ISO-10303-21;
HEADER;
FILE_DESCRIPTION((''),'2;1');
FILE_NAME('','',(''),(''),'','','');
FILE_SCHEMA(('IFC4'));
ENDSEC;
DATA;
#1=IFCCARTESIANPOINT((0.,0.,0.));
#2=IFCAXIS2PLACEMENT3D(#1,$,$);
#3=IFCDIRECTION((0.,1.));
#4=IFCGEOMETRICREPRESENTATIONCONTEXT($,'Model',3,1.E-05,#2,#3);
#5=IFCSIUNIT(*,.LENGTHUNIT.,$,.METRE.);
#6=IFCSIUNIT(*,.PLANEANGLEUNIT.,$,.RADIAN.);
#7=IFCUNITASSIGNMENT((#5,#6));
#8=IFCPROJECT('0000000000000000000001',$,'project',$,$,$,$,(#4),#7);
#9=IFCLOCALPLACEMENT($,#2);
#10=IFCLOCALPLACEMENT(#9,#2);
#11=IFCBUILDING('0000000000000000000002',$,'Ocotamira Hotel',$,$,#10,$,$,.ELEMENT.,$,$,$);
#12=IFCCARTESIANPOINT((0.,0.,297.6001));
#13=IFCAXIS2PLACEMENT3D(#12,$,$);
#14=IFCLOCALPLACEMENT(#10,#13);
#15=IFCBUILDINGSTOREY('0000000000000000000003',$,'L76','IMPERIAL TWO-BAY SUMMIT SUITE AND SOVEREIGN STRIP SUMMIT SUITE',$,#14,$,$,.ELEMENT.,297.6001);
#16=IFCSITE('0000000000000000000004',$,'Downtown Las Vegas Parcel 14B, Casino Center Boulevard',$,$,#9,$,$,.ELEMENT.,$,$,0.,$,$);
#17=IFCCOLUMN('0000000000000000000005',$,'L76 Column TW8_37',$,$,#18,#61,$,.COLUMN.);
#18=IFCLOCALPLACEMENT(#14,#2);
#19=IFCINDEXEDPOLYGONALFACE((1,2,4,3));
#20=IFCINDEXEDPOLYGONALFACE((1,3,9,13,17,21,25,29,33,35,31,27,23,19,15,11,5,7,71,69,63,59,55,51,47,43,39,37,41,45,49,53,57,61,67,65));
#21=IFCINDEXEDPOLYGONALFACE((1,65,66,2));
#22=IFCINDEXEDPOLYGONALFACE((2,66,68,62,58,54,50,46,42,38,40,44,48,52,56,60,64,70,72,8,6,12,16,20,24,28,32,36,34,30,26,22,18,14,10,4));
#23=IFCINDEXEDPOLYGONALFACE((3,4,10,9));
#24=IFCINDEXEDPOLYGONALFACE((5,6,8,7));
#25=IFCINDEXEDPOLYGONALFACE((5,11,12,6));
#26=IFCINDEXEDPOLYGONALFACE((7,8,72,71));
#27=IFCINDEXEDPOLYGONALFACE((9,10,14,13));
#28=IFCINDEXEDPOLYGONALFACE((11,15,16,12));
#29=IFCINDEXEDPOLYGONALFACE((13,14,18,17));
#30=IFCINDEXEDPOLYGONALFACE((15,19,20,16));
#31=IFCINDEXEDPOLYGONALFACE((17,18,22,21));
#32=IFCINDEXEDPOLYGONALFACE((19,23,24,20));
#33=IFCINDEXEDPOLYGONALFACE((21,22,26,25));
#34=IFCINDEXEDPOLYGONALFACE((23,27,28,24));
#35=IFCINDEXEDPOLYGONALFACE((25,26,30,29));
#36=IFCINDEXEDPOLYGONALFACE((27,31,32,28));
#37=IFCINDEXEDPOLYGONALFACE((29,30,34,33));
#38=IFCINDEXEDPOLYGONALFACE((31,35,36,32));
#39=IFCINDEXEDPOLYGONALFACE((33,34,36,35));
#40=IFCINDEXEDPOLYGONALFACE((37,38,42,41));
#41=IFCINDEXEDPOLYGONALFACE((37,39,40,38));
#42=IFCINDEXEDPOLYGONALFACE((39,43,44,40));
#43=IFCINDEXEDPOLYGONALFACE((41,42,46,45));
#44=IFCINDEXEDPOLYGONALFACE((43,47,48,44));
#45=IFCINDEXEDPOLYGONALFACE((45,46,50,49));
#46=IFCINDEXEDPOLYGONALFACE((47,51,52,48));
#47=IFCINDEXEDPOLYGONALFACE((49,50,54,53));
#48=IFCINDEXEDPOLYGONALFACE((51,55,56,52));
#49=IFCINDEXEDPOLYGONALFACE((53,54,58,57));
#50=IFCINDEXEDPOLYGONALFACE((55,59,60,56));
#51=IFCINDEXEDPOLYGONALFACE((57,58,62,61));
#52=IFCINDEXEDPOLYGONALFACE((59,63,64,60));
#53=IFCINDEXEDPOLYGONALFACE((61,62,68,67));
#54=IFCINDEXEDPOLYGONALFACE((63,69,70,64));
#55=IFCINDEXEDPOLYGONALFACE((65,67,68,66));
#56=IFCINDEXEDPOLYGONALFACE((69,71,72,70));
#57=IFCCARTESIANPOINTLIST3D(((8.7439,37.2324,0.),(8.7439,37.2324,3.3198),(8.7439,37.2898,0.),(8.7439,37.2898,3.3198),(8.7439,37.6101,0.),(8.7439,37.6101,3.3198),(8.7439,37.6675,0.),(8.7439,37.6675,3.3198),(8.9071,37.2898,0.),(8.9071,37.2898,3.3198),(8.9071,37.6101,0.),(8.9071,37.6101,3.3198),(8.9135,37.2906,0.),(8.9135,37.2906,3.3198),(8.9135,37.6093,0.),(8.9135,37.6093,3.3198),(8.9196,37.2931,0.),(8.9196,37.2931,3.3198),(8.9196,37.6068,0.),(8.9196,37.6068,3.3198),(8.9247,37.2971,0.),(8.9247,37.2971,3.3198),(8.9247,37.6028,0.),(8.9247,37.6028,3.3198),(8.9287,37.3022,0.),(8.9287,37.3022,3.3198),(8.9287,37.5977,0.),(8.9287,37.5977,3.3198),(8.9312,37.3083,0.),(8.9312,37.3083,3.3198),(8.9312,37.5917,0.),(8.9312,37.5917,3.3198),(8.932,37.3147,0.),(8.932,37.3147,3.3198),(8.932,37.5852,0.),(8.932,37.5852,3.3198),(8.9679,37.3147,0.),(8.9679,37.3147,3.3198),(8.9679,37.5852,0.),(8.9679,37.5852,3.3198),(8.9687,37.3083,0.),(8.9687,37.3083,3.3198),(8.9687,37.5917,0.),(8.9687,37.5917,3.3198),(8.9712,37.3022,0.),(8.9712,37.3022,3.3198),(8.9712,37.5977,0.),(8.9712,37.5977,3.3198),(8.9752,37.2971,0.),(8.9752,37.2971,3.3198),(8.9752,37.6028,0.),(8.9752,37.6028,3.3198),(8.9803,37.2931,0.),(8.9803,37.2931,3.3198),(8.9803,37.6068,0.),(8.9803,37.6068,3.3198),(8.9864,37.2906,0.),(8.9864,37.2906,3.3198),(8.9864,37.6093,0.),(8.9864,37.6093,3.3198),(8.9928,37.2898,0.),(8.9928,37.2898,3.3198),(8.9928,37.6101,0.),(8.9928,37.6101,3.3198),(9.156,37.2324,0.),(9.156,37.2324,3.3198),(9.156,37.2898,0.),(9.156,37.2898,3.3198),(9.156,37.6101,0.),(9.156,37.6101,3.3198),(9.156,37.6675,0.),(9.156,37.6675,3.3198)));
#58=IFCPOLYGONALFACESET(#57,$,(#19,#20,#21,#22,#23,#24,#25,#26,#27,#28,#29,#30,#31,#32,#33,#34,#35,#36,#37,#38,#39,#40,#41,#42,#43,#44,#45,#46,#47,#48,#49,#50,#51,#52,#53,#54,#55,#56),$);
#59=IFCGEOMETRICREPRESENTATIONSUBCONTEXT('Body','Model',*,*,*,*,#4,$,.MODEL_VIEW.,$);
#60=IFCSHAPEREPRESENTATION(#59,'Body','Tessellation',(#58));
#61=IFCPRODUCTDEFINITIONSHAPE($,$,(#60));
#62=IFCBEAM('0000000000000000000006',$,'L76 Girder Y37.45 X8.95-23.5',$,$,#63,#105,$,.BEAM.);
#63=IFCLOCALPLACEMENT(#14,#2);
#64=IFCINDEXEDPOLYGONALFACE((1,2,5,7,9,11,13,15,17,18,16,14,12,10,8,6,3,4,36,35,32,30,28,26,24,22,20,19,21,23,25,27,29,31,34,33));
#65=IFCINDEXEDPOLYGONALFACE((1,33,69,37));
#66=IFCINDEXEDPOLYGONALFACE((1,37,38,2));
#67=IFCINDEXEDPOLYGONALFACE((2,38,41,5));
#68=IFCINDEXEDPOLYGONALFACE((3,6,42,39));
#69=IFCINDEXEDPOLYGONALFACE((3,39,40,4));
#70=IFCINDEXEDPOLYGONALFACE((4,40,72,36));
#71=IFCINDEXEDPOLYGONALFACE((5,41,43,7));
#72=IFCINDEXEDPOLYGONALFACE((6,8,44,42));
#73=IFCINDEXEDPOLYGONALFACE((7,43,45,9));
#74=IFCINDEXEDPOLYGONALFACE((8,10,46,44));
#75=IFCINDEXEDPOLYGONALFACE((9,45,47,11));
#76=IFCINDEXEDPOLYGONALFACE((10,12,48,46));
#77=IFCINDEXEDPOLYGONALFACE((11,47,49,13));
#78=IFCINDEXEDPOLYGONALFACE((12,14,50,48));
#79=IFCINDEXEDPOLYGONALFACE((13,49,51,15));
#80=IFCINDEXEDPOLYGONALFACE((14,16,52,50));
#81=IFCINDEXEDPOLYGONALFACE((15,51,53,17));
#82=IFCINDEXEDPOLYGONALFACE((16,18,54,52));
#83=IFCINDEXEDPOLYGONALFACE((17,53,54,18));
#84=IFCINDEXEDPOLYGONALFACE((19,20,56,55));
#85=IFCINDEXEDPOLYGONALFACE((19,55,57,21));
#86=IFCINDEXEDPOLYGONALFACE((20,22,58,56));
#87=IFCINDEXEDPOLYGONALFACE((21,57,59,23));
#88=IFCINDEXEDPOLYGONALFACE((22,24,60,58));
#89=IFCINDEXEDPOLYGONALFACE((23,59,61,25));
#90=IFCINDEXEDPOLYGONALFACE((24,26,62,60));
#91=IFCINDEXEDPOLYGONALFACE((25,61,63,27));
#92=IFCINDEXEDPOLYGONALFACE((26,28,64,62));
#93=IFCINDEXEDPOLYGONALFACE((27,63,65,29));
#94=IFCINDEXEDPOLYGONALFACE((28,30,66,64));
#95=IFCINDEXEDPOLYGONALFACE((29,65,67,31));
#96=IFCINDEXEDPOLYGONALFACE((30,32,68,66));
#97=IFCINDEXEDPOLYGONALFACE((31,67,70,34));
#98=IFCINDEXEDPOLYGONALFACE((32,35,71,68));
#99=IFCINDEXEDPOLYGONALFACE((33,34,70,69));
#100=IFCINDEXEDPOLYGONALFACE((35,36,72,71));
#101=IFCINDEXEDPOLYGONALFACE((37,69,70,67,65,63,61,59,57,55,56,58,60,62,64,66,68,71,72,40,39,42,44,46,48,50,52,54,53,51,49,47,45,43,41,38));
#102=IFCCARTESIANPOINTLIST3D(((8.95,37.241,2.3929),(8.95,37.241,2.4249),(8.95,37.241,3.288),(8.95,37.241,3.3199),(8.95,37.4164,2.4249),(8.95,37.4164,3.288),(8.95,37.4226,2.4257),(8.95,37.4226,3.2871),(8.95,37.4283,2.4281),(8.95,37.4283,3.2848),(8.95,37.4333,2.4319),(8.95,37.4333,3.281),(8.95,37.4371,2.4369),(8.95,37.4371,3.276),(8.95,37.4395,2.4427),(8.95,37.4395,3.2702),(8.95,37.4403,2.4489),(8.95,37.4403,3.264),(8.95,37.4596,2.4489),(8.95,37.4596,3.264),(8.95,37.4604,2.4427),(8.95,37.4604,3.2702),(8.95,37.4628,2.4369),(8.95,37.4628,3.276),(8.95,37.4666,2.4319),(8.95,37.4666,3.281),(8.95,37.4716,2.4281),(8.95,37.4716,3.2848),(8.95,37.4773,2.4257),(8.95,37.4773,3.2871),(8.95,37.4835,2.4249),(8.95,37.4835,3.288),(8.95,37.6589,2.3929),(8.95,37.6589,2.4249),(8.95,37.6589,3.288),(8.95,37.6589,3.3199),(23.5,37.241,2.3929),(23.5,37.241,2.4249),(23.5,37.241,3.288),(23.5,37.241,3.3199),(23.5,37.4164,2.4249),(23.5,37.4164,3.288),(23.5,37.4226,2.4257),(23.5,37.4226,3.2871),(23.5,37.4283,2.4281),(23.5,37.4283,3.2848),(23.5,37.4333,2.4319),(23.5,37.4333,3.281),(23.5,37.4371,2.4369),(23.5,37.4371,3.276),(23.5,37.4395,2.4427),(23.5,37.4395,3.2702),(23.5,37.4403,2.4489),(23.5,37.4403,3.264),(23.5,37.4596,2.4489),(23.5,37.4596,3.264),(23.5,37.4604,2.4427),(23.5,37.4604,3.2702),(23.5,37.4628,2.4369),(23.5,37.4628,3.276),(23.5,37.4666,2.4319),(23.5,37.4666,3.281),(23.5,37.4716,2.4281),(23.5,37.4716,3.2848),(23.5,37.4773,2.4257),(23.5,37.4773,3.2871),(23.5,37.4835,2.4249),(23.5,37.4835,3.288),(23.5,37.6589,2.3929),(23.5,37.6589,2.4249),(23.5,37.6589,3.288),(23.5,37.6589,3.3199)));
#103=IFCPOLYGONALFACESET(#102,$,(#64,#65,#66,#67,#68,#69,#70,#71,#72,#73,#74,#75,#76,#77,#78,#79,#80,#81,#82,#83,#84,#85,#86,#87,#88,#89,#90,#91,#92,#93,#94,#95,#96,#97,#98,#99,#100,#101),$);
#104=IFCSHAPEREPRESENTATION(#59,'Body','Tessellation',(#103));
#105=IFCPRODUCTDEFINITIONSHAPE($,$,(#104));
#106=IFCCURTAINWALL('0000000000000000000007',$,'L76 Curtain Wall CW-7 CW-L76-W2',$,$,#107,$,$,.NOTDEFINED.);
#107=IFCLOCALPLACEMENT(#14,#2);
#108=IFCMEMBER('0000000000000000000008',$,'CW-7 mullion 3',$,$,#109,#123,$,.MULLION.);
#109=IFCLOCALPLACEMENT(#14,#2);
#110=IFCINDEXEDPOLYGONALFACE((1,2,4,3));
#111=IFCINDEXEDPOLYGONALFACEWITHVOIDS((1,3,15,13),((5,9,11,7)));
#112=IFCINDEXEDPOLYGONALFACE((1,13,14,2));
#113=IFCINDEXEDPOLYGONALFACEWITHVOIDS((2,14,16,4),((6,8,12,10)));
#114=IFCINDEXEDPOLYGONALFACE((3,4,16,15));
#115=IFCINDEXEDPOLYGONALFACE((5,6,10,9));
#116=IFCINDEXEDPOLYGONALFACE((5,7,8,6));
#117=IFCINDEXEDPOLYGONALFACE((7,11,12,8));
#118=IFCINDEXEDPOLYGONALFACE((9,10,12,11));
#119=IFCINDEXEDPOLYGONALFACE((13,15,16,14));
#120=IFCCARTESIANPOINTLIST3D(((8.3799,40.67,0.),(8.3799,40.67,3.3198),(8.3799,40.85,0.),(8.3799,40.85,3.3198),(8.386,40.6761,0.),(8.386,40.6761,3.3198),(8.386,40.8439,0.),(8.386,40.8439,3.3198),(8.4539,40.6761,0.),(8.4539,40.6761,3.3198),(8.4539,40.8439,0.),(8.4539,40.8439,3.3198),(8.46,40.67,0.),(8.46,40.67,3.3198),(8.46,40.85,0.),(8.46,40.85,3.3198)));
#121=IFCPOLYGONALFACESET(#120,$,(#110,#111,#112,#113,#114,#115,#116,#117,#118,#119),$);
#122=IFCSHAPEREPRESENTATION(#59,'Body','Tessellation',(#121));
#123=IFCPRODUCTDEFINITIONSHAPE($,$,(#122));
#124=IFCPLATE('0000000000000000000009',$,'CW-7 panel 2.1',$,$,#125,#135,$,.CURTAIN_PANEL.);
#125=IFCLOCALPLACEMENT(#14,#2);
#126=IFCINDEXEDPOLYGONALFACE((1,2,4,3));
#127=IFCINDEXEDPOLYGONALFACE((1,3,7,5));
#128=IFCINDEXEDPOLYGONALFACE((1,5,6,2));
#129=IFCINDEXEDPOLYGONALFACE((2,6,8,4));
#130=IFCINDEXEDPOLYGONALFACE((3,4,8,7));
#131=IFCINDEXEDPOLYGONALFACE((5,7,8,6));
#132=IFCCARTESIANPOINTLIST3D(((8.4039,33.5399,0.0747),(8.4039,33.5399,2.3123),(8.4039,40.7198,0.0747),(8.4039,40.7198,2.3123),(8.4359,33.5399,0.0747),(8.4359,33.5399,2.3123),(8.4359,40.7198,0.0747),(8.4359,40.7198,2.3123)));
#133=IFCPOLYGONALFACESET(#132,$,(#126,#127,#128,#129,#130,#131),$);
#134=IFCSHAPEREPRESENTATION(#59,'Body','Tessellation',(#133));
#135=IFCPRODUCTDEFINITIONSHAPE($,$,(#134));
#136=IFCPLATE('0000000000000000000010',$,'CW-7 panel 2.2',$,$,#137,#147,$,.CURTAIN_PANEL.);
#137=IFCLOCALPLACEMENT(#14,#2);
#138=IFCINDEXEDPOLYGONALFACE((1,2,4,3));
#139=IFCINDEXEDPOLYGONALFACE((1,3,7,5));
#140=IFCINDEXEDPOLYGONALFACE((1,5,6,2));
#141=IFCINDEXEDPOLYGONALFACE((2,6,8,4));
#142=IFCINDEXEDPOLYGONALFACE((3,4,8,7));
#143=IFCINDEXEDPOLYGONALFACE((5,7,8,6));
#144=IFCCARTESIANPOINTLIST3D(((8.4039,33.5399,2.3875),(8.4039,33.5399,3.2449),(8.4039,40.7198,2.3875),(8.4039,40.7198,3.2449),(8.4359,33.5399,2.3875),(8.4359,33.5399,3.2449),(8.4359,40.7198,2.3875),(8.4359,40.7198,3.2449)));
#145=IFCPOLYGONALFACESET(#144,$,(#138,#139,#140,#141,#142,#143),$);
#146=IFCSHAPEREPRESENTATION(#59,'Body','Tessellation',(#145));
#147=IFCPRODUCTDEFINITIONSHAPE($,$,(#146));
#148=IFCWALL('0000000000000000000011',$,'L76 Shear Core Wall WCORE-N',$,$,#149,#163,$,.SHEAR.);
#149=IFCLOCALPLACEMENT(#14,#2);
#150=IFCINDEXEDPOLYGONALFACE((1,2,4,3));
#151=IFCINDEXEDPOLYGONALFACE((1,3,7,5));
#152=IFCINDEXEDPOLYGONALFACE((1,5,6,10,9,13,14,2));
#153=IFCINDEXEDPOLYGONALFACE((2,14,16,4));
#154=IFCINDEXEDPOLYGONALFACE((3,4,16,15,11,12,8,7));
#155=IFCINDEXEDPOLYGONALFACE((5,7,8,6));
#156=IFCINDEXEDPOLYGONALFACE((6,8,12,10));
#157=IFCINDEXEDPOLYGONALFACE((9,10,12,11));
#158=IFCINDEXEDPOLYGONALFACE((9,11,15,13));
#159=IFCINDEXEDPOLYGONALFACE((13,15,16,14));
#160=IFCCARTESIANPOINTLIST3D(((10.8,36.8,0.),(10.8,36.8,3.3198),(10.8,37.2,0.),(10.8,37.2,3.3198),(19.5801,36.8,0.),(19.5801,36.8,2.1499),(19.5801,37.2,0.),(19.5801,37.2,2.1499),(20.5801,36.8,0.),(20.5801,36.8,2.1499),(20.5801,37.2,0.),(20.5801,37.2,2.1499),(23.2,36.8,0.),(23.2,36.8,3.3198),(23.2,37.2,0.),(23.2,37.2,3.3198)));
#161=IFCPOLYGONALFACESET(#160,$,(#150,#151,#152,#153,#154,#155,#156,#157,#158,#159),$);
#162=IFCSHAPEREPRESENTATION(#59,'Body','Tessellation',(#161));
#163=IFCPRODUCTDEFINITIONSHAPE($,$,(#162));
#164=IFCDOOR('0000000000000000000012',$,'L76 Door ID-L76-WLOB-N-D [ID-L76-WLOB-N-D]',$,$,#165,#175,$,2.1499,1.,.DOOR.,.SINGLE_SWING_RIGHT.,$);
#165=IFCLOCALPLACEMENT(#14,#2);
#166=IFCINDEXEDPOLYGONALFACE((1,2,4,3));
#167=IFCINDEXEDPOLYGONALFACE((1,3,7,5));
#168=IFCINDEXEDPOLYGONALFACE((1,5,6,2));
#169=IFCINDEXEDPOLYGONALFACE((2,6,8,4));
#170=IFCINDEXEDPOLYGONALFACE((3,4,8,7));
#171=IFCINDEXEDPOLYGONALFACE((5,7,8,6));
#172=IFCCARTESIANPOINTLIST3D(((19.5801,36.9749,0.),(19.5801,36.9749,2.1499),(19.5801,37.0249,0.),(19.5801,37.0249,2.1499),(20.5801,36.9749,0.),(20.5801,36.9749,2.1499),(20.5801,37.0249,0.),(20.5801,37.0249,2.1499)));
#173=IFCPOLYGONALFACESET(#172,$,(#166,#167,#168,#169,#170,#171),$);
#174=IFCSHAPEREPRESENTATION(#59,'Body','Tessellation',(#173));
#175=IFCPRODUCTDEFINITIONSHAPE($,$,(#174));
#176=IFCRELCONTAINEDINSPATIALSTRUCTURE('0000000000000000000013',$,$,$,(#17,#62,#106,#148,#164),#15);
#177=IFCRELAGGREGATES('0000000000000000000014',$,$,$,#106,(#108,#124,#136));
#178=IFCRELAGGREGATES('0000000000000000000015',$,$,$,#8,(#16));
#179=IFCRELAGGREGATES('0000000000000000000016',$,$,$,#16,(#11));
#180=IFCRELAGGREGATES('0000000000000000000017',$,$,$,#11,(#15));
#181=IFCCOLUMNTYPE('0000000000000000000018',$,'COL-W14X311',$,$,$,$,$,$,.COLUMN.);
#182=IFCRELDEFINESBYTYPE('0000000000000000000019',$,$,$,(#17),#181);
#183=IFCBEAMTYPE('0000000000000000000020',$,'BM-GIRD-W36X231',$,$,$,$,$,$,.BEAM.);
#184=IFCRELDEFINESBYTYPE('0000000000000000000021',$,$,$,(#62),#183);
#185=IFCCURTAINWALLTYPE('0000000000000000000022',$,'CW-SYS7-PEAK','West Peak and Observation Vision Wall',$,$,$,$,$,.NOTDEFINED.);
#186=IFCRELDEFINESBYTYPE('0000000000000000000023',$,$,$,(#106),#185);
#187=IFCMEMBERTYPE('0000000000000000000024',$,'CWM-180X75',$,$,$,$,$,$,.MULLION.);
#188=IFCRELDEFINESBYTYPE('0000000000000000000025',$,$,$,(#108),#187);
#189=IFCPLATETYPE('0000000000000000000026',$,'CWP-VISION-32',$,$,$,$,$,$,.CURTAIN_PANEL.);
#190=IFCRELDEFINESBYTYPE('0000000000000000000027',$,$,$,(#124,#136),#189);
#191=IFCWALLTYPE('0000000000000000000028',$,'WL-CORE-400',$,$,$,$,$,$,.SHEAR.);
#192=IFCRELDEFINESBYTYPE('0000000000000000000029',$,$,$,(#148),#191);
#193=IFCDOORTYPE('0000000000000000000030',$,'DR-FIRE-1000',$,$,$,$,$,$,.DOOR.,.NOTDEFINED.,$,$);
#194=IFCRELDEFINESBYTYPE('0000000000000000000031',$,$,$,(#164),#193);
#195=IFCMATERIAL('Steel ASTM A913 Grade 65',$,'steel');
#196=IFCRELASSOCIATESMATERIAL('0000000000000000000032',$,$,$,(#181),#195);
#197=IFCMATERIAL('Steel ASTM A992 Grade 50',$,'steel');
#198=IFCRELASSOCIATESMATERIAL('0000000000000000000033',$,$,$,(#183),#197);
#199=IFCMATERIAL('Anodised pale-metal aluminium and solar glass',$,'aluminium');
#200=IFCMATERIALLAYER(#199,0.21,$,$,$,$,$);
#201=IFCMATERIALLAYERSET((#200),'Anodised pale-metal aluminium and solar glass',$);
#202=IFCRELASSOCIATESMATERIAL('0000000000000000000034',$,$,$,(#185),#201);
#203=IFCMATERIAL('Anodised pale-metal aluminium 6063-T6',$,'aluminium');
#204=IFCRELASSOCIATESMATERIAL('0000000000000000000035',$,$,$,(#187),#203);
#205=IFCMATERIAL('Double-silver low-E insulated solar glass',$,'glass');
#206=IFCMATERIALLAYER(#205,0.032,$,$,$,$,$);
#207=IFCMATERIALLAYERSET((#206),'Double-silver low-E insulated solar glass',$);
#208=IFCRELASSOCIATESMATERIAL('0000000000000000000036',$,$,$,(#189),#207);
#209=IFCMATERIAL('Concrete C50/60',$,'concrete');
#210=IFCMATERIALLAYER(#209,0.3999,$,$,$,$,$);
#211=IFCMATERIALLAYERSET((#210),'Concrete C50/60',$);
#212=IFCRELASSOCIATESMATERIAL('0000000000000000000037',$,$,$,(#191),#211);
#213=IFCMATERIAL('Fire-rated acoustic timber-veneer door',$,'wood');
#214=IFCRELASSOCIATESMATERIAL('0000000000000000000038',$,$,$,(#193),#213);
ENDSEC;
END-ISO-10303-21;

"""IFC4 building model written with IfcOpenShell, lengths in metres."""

from ifc_helpers import new_model, si_unit, direction, frame, frame_2d, origin, origin_2d, place, context, subcontext, project, spatial, rectangle, hollow_rectangle, i_section, extrude, source, transform, mapped, material, layer, layer_set, material_profile, profile_set, type_object, element, fill, aggregate, save


model = new_model("IFC4")

# Units and contexts
model_context = context("Model", 3, precision=1e-05, world=origin(), true_north=direction((0.0, 1.0)))
body_context = subcontext(model_context, "Body", "Model", "MODEL_VIEW")
ifc_project = project(units=[si_unit("LENGTHUNIT", "METRE"), si_unit("PLANEANGLEUNIT", "RADIAN")], contexts=[model_context])

# Site, building, storey
site_placement = place(None, origin())
site = spatial("IfcSite", under=ifc_project, at=site_placement, Name="Downtown Las Vegas Parcel 14B, Casino Center Boulevard", CompositionType="ELEMENT", RefElevation=0.0)
building_placement = place(site_placement, origin())
building = spatial("IfcBuilding", under=site, at=building_placement, Name="Ocotamira Hotel", CompositionType="ELEMENT")
storey_placement = place(building_placement, frame((0.0, 0.0, 297.6001)))
storey = spatial("IfcBuildingStorey", under=building, at=storey_placement, Name="L76", Description="IMPERIAL TWO-BAY SUMMIT SUITE AND SOVEREIGN STRIP SUMMIT SUITE", CompositionType="ELEMENT", Elevation=297.6001)

# Column
ifc_material_1 = material(Name="Steel ASTM A913 Grade 65", Category="steel")
ifc_material_profile_1 = material_profile(ifc_material_1, i_section(OverallWidth=0.4121, OverallDepth=0.4351, WebThickness=0.0359, FlangeThickness=0.0574, FilletRadius=0.0249, at=origin_2d()), Name="W14X311")
ifc_profile_set_1 = profile_set([ifc_material_profile_1], Name="Steel ASTM A913 Grade 65")
column_type = type_object("IfcColumnType", Name="COL-W14X311", PredefinedType="COLUMN", material=ifc_profile_set_1)
shared_shape_1 = source(origin(), body_context, "Body", "SweptSolid", [
    extrude(i_section(OverallWidth=0.4121, OverallDepth=0.4351, WebThickness=0.0359, FlangeThickness=0.0574, FilletRadius=0.0249, at=origin_2d()), origin(), (0.0, 0.0, 1.0), 3.3198),
])
column_placement = place(storey_placement, frame((8.95, 37.45, 0.0), z_axis=(0.0, 0.0, 1.0), x_axis=(1.0, 0.0, 0.0)))
element("IfcColumn", 1, at=column_placement, inside=storey, type_object=column_type, Name="L76 Column TW8_37", PredefinedType="COLUMN", context=body_context, shape_type="MappedRepresentation", body=[
    mapped(shared_shape_1, transform((0.0, 0.0, 0.0), scale=1.0)),
])

# Beam
ifc_material_2 = material(Name="Steel ASTM A992 Grade 50", Category="steel")
ifc_material_profile_2 = material_profile(ifc_material_2, i_section(OverallWidth=0.418, OverallDepth=0.927, WebThickness=0.0193, FlangeThickness=0.032, FilletRadius=0.0239, at=origin_2d()), Name="W36X231")
ifc_profile_set_2 = profile_set([ifc_material_profile_2], Name="Steel ASTM A992 Grade 50")
beam_type = type_object("IfcBeamType", Name="BM-GIRD-W36X231", PredefinedType="BEAM", material=ifc_profile_set_2)
shared_shape_2 = source(origin(), body_context, "Body", "SweptSolid", [
    extrude(i_section(OverallWidth=0.418, OverallDepth=0.927, WebThickness=0.0193, FlangeThickness=0.032, FilletRadius=0.0239, at=origin_2d()), origin(), (0.0, 0.0, 1.0), 14.55),
])
beam_placement = place(storey_placement, frame((8.95, 37.45, 2.8564), z_axis=(1.0, 0.0, 0.0), x_axis=(0.0, 1.0, 0.0)))
element("IfcBeam", 2, at=beam_placement, inside=storey, type_object=beam_type, Name="L76 Girder Y37.45 X8.95-23.5", PredefinedType="BEAM", context=body_context, shape_type="MappedRepresentation", body=[
    mapped(shared_shape_2, transform((0.0, 0.0, 0.0), scale=1.0)),
])

# Curtain wall, member, plates
ifc_material_3 = material(Name="Anodised pale-metal aluminium and solar glass", Category="aluminium")
ifc_layer_1 = layer(ifc_material_3, 0.21)
ifc_layer_set_1 = layer_set([ifc_layer_1], Name="Anodised pale-metal aluminium and solar glass")
curtain_wall_type = type_object("IfcCurtainWallType", Name="CW-SYS7-PEAK", Description="West Peak and Observation Vision Wall", PredefinedType="NOTDEFINED", material=ifc_layer_set_1)
curtain_wall_placement = place(storey_placement, origin())
curtain_wall = element("IfcCurtainWall", 3, at=curtain_wall_placement, inside=storey, type_object=curtain_wall_type, Name="L76 Curtain Wall CW-7 CW-L76-W2", PredefinedType="NOTDEFINED")
ifc_material_4 = material(Name="Anodised pale-metal aluminium 6063-T6", Category="aluminium")
ifc_material_profile_3 = material_profile(ifc_material_4, hollow_rectangle(XDim=0.0801, YDim=0.1799, WallThickness=0.0061, at=origin_2d()), Name="HSS180X80X6")
ifc_profile_set_3 = profile_set([ifc_material_profile_3], Name="Anodised pale-metal aluminium 6063-T6")
member_type = type_object("IfcMemberType", Name="CWM-180X75", PredefinedType="MULLION", material=ifc_profile_set_3)
shared_shape_3 = source(origin(), body_context, "Body", "SweptSolid", [
    extrude(hollow_rectangle(XDim=0.0801, YDim=0.1799, WallThickness=0.0061, at=origin_2d()), origin(), (0.0, 0.0, 1.0), 3.3198),
])
member_placement = place(storey_placement, frame((8.4199, 40.76, 0.0), z_axis=(0.0, 0.0, 1.0), x_axis=(-1.0, 0.0, 0.0)))
member = element("IfcMember", 4, at=member_placement, type_object=member_type, Name="CW-7 mullion 3", PredefinedType="MULLION", context=body_context, shape_type="MappedRepresentation", body=[
    mapped(shared_shape_3, transform((0.0, 0.0, 0.0), scale=1.0)),
])
ifc_material_5 = material(Name="Double-silver low-E insulated solar glass", Category="glass")
ifc_layer_2 = layer(ifc_material_5, 0.032)
ifc_layer_set_2 = layer_set([ifc_layer_2], Name="Double-silver low-E insulated solar glass")
plate_type = type_object("IfcPlateType", Name="CWP-VISION-32", PredefinedType="CURTAIN_PANEL", material=ifc_layer_set_2)
shared_shape_4 = source(origin(), body_context, "Body", "SweptSolid", [
    extrude(rectangle(XDim=7.1799, YDim=0.032, at=origin_2d()), origin(), (0.0, 0.0, 1.0), 2.2375),
])
plate_1_placement = place(storey_placement, frame((8.4199, 37.1299, 0.0747), z_axis=(0.0, 0.0, 1.0), x_axis=(0.0, 1.0, 0.0)))
plate_1 = element("IfcPlate", 5, at=plate_1_placement, type_object=plate_type, Name="CW-7 panel 2.1", PredefinedType="CURTAIN_PANEL", context=body_context, shape_type="MappedRepresentation", body=[
    mapped(shared_shape_4, transform((0.0, 0.0, 0.0), scale=1.0)),
])
shared_shape_5 = source(origin(), body_context, "Body", "SweptSolid", [
    extrude(rectangle(XDim=7.1799, YDim=0.032, at=origin_2d()), origin(), (0.0, 0.0, 1.0), 0.8574),
])
plate_2_placement = place(storey_placement, frame((8.4199, 37.1299, 2.3875), z_axis=(0.0, 0.0, 1.0), x_axis=(0.0, 1.0, 0.0)))
plate_2 = element("IfcPlate", 6, at=plate_2_placement, type_object=plate_type, Name="CW-7 panel 2.2", PredefinedType="CURTAIN_PANEL", context=body_context, shape_type="MappedRepresentation", body=[
    mapped(shared_shape_5, transform((0.0, 0.0, 0.0), scale=1.0)),
])
aggregate(curtain_wall, [member, plate_1, plate_2])

# Wall, opening, door
ifc_material_6 = material(Name="Concrete C50/60", Category="concrete")
ifc_layer_3 = layer(ifc_material_6, 0.3999)
ifc_layer_set_3 = layer_set([ifc_layer_3], Name="Concrete C50/60")
wall_type_1 = type_object("IfcWallType", Name="WL-CORE-400", PredefinedType="SHEAR", material=ifc_layer_set_3)
wall_1_placement = place(storey_placement, frame((10.8, 37.0, 0.0), z_axis=(0.0, 0.0, 1.0), x_axis=(1.0, 0.0, 0.0)))
wall_1 = element("IfcWall", 7, at=wall_1_placement, inside=storey, type_object=wall_type_1, Name="L76 Shear Core Wall WCORE-N", PredefinedType="SHEAR", context=body_context, shape_type="SweptSolid", body=[
    extrude(rectangle(XDim=12.3999, YDim=0.3999, at=frame_2d((6.2, 0.0))), origin(), (0.0, 0.0, 1.0), 3.3198),
])
opening_1_placement = place(wall_1_placement, frame((8.78, 0.0, 0.0)))
opening_1 = element("IfcOpeningElement", 8, at=opening_1_placement, cuts=wall_1, PredefinedType="OPENING", context=body_context, shape_type="SweptSolid", body=[
    extrude(rectangle(XDim=1.0, YDim=2.1499, at=frame_2d((0.5, 1.075))), frame((0.0, 0.21, 0.0), z_axis=(0.0, -1.0, 0.0), x_axis=(1.0, 0.0, 0.0)), (0.0, 0.0, 1.0), 0.4199),
])
ifc_material_7 = material(Name="Fire-rated acoustic timber-veneer door", Category="wood")
door_type_1 = type_object("IfcDoorType", Name="DR-FIRE-1000", OperationType="NOTDEFINED", PredefinedType="DOOR", material=ifc_material_7)
shared_shape_6 = source(origin(), body_context, "Body", "SweptSolid", [
    extrude(rectangle(XDim=1.0, YDim=2.1499, at=frame_2d((0.5, 1.075))), frame((0.0, 0.0249, 0.0), z_axis=(0.0, -1.0, 0.0), x_axis=(1.0, 0.0, 0.0)), (0.0, 0.0, 1.0), 0.05),
])
door_1_placement = place(opening_1_placement, origin())
door_1 = element("IfcDoor", 9, at=door_1_placement, inside=storey, type_object=door_type_1, Name="L76 Door ID-L76-WLOB-N-D [ID-L76-WLOB-N-D]", OperationType="SINGLE_SWING_RIGHT", OverallHeight=2.1499, OverallWidth=1.0, PredefinedType="DOOR", context=body_context, shape_type="MappedRepresentation", body=[
    mapped(shared_shape_6, transform((0.0, 0.0, 0.0), scale=1.0)),
])
fill(opening_1, door_1)

save(model, "model.ifc")
